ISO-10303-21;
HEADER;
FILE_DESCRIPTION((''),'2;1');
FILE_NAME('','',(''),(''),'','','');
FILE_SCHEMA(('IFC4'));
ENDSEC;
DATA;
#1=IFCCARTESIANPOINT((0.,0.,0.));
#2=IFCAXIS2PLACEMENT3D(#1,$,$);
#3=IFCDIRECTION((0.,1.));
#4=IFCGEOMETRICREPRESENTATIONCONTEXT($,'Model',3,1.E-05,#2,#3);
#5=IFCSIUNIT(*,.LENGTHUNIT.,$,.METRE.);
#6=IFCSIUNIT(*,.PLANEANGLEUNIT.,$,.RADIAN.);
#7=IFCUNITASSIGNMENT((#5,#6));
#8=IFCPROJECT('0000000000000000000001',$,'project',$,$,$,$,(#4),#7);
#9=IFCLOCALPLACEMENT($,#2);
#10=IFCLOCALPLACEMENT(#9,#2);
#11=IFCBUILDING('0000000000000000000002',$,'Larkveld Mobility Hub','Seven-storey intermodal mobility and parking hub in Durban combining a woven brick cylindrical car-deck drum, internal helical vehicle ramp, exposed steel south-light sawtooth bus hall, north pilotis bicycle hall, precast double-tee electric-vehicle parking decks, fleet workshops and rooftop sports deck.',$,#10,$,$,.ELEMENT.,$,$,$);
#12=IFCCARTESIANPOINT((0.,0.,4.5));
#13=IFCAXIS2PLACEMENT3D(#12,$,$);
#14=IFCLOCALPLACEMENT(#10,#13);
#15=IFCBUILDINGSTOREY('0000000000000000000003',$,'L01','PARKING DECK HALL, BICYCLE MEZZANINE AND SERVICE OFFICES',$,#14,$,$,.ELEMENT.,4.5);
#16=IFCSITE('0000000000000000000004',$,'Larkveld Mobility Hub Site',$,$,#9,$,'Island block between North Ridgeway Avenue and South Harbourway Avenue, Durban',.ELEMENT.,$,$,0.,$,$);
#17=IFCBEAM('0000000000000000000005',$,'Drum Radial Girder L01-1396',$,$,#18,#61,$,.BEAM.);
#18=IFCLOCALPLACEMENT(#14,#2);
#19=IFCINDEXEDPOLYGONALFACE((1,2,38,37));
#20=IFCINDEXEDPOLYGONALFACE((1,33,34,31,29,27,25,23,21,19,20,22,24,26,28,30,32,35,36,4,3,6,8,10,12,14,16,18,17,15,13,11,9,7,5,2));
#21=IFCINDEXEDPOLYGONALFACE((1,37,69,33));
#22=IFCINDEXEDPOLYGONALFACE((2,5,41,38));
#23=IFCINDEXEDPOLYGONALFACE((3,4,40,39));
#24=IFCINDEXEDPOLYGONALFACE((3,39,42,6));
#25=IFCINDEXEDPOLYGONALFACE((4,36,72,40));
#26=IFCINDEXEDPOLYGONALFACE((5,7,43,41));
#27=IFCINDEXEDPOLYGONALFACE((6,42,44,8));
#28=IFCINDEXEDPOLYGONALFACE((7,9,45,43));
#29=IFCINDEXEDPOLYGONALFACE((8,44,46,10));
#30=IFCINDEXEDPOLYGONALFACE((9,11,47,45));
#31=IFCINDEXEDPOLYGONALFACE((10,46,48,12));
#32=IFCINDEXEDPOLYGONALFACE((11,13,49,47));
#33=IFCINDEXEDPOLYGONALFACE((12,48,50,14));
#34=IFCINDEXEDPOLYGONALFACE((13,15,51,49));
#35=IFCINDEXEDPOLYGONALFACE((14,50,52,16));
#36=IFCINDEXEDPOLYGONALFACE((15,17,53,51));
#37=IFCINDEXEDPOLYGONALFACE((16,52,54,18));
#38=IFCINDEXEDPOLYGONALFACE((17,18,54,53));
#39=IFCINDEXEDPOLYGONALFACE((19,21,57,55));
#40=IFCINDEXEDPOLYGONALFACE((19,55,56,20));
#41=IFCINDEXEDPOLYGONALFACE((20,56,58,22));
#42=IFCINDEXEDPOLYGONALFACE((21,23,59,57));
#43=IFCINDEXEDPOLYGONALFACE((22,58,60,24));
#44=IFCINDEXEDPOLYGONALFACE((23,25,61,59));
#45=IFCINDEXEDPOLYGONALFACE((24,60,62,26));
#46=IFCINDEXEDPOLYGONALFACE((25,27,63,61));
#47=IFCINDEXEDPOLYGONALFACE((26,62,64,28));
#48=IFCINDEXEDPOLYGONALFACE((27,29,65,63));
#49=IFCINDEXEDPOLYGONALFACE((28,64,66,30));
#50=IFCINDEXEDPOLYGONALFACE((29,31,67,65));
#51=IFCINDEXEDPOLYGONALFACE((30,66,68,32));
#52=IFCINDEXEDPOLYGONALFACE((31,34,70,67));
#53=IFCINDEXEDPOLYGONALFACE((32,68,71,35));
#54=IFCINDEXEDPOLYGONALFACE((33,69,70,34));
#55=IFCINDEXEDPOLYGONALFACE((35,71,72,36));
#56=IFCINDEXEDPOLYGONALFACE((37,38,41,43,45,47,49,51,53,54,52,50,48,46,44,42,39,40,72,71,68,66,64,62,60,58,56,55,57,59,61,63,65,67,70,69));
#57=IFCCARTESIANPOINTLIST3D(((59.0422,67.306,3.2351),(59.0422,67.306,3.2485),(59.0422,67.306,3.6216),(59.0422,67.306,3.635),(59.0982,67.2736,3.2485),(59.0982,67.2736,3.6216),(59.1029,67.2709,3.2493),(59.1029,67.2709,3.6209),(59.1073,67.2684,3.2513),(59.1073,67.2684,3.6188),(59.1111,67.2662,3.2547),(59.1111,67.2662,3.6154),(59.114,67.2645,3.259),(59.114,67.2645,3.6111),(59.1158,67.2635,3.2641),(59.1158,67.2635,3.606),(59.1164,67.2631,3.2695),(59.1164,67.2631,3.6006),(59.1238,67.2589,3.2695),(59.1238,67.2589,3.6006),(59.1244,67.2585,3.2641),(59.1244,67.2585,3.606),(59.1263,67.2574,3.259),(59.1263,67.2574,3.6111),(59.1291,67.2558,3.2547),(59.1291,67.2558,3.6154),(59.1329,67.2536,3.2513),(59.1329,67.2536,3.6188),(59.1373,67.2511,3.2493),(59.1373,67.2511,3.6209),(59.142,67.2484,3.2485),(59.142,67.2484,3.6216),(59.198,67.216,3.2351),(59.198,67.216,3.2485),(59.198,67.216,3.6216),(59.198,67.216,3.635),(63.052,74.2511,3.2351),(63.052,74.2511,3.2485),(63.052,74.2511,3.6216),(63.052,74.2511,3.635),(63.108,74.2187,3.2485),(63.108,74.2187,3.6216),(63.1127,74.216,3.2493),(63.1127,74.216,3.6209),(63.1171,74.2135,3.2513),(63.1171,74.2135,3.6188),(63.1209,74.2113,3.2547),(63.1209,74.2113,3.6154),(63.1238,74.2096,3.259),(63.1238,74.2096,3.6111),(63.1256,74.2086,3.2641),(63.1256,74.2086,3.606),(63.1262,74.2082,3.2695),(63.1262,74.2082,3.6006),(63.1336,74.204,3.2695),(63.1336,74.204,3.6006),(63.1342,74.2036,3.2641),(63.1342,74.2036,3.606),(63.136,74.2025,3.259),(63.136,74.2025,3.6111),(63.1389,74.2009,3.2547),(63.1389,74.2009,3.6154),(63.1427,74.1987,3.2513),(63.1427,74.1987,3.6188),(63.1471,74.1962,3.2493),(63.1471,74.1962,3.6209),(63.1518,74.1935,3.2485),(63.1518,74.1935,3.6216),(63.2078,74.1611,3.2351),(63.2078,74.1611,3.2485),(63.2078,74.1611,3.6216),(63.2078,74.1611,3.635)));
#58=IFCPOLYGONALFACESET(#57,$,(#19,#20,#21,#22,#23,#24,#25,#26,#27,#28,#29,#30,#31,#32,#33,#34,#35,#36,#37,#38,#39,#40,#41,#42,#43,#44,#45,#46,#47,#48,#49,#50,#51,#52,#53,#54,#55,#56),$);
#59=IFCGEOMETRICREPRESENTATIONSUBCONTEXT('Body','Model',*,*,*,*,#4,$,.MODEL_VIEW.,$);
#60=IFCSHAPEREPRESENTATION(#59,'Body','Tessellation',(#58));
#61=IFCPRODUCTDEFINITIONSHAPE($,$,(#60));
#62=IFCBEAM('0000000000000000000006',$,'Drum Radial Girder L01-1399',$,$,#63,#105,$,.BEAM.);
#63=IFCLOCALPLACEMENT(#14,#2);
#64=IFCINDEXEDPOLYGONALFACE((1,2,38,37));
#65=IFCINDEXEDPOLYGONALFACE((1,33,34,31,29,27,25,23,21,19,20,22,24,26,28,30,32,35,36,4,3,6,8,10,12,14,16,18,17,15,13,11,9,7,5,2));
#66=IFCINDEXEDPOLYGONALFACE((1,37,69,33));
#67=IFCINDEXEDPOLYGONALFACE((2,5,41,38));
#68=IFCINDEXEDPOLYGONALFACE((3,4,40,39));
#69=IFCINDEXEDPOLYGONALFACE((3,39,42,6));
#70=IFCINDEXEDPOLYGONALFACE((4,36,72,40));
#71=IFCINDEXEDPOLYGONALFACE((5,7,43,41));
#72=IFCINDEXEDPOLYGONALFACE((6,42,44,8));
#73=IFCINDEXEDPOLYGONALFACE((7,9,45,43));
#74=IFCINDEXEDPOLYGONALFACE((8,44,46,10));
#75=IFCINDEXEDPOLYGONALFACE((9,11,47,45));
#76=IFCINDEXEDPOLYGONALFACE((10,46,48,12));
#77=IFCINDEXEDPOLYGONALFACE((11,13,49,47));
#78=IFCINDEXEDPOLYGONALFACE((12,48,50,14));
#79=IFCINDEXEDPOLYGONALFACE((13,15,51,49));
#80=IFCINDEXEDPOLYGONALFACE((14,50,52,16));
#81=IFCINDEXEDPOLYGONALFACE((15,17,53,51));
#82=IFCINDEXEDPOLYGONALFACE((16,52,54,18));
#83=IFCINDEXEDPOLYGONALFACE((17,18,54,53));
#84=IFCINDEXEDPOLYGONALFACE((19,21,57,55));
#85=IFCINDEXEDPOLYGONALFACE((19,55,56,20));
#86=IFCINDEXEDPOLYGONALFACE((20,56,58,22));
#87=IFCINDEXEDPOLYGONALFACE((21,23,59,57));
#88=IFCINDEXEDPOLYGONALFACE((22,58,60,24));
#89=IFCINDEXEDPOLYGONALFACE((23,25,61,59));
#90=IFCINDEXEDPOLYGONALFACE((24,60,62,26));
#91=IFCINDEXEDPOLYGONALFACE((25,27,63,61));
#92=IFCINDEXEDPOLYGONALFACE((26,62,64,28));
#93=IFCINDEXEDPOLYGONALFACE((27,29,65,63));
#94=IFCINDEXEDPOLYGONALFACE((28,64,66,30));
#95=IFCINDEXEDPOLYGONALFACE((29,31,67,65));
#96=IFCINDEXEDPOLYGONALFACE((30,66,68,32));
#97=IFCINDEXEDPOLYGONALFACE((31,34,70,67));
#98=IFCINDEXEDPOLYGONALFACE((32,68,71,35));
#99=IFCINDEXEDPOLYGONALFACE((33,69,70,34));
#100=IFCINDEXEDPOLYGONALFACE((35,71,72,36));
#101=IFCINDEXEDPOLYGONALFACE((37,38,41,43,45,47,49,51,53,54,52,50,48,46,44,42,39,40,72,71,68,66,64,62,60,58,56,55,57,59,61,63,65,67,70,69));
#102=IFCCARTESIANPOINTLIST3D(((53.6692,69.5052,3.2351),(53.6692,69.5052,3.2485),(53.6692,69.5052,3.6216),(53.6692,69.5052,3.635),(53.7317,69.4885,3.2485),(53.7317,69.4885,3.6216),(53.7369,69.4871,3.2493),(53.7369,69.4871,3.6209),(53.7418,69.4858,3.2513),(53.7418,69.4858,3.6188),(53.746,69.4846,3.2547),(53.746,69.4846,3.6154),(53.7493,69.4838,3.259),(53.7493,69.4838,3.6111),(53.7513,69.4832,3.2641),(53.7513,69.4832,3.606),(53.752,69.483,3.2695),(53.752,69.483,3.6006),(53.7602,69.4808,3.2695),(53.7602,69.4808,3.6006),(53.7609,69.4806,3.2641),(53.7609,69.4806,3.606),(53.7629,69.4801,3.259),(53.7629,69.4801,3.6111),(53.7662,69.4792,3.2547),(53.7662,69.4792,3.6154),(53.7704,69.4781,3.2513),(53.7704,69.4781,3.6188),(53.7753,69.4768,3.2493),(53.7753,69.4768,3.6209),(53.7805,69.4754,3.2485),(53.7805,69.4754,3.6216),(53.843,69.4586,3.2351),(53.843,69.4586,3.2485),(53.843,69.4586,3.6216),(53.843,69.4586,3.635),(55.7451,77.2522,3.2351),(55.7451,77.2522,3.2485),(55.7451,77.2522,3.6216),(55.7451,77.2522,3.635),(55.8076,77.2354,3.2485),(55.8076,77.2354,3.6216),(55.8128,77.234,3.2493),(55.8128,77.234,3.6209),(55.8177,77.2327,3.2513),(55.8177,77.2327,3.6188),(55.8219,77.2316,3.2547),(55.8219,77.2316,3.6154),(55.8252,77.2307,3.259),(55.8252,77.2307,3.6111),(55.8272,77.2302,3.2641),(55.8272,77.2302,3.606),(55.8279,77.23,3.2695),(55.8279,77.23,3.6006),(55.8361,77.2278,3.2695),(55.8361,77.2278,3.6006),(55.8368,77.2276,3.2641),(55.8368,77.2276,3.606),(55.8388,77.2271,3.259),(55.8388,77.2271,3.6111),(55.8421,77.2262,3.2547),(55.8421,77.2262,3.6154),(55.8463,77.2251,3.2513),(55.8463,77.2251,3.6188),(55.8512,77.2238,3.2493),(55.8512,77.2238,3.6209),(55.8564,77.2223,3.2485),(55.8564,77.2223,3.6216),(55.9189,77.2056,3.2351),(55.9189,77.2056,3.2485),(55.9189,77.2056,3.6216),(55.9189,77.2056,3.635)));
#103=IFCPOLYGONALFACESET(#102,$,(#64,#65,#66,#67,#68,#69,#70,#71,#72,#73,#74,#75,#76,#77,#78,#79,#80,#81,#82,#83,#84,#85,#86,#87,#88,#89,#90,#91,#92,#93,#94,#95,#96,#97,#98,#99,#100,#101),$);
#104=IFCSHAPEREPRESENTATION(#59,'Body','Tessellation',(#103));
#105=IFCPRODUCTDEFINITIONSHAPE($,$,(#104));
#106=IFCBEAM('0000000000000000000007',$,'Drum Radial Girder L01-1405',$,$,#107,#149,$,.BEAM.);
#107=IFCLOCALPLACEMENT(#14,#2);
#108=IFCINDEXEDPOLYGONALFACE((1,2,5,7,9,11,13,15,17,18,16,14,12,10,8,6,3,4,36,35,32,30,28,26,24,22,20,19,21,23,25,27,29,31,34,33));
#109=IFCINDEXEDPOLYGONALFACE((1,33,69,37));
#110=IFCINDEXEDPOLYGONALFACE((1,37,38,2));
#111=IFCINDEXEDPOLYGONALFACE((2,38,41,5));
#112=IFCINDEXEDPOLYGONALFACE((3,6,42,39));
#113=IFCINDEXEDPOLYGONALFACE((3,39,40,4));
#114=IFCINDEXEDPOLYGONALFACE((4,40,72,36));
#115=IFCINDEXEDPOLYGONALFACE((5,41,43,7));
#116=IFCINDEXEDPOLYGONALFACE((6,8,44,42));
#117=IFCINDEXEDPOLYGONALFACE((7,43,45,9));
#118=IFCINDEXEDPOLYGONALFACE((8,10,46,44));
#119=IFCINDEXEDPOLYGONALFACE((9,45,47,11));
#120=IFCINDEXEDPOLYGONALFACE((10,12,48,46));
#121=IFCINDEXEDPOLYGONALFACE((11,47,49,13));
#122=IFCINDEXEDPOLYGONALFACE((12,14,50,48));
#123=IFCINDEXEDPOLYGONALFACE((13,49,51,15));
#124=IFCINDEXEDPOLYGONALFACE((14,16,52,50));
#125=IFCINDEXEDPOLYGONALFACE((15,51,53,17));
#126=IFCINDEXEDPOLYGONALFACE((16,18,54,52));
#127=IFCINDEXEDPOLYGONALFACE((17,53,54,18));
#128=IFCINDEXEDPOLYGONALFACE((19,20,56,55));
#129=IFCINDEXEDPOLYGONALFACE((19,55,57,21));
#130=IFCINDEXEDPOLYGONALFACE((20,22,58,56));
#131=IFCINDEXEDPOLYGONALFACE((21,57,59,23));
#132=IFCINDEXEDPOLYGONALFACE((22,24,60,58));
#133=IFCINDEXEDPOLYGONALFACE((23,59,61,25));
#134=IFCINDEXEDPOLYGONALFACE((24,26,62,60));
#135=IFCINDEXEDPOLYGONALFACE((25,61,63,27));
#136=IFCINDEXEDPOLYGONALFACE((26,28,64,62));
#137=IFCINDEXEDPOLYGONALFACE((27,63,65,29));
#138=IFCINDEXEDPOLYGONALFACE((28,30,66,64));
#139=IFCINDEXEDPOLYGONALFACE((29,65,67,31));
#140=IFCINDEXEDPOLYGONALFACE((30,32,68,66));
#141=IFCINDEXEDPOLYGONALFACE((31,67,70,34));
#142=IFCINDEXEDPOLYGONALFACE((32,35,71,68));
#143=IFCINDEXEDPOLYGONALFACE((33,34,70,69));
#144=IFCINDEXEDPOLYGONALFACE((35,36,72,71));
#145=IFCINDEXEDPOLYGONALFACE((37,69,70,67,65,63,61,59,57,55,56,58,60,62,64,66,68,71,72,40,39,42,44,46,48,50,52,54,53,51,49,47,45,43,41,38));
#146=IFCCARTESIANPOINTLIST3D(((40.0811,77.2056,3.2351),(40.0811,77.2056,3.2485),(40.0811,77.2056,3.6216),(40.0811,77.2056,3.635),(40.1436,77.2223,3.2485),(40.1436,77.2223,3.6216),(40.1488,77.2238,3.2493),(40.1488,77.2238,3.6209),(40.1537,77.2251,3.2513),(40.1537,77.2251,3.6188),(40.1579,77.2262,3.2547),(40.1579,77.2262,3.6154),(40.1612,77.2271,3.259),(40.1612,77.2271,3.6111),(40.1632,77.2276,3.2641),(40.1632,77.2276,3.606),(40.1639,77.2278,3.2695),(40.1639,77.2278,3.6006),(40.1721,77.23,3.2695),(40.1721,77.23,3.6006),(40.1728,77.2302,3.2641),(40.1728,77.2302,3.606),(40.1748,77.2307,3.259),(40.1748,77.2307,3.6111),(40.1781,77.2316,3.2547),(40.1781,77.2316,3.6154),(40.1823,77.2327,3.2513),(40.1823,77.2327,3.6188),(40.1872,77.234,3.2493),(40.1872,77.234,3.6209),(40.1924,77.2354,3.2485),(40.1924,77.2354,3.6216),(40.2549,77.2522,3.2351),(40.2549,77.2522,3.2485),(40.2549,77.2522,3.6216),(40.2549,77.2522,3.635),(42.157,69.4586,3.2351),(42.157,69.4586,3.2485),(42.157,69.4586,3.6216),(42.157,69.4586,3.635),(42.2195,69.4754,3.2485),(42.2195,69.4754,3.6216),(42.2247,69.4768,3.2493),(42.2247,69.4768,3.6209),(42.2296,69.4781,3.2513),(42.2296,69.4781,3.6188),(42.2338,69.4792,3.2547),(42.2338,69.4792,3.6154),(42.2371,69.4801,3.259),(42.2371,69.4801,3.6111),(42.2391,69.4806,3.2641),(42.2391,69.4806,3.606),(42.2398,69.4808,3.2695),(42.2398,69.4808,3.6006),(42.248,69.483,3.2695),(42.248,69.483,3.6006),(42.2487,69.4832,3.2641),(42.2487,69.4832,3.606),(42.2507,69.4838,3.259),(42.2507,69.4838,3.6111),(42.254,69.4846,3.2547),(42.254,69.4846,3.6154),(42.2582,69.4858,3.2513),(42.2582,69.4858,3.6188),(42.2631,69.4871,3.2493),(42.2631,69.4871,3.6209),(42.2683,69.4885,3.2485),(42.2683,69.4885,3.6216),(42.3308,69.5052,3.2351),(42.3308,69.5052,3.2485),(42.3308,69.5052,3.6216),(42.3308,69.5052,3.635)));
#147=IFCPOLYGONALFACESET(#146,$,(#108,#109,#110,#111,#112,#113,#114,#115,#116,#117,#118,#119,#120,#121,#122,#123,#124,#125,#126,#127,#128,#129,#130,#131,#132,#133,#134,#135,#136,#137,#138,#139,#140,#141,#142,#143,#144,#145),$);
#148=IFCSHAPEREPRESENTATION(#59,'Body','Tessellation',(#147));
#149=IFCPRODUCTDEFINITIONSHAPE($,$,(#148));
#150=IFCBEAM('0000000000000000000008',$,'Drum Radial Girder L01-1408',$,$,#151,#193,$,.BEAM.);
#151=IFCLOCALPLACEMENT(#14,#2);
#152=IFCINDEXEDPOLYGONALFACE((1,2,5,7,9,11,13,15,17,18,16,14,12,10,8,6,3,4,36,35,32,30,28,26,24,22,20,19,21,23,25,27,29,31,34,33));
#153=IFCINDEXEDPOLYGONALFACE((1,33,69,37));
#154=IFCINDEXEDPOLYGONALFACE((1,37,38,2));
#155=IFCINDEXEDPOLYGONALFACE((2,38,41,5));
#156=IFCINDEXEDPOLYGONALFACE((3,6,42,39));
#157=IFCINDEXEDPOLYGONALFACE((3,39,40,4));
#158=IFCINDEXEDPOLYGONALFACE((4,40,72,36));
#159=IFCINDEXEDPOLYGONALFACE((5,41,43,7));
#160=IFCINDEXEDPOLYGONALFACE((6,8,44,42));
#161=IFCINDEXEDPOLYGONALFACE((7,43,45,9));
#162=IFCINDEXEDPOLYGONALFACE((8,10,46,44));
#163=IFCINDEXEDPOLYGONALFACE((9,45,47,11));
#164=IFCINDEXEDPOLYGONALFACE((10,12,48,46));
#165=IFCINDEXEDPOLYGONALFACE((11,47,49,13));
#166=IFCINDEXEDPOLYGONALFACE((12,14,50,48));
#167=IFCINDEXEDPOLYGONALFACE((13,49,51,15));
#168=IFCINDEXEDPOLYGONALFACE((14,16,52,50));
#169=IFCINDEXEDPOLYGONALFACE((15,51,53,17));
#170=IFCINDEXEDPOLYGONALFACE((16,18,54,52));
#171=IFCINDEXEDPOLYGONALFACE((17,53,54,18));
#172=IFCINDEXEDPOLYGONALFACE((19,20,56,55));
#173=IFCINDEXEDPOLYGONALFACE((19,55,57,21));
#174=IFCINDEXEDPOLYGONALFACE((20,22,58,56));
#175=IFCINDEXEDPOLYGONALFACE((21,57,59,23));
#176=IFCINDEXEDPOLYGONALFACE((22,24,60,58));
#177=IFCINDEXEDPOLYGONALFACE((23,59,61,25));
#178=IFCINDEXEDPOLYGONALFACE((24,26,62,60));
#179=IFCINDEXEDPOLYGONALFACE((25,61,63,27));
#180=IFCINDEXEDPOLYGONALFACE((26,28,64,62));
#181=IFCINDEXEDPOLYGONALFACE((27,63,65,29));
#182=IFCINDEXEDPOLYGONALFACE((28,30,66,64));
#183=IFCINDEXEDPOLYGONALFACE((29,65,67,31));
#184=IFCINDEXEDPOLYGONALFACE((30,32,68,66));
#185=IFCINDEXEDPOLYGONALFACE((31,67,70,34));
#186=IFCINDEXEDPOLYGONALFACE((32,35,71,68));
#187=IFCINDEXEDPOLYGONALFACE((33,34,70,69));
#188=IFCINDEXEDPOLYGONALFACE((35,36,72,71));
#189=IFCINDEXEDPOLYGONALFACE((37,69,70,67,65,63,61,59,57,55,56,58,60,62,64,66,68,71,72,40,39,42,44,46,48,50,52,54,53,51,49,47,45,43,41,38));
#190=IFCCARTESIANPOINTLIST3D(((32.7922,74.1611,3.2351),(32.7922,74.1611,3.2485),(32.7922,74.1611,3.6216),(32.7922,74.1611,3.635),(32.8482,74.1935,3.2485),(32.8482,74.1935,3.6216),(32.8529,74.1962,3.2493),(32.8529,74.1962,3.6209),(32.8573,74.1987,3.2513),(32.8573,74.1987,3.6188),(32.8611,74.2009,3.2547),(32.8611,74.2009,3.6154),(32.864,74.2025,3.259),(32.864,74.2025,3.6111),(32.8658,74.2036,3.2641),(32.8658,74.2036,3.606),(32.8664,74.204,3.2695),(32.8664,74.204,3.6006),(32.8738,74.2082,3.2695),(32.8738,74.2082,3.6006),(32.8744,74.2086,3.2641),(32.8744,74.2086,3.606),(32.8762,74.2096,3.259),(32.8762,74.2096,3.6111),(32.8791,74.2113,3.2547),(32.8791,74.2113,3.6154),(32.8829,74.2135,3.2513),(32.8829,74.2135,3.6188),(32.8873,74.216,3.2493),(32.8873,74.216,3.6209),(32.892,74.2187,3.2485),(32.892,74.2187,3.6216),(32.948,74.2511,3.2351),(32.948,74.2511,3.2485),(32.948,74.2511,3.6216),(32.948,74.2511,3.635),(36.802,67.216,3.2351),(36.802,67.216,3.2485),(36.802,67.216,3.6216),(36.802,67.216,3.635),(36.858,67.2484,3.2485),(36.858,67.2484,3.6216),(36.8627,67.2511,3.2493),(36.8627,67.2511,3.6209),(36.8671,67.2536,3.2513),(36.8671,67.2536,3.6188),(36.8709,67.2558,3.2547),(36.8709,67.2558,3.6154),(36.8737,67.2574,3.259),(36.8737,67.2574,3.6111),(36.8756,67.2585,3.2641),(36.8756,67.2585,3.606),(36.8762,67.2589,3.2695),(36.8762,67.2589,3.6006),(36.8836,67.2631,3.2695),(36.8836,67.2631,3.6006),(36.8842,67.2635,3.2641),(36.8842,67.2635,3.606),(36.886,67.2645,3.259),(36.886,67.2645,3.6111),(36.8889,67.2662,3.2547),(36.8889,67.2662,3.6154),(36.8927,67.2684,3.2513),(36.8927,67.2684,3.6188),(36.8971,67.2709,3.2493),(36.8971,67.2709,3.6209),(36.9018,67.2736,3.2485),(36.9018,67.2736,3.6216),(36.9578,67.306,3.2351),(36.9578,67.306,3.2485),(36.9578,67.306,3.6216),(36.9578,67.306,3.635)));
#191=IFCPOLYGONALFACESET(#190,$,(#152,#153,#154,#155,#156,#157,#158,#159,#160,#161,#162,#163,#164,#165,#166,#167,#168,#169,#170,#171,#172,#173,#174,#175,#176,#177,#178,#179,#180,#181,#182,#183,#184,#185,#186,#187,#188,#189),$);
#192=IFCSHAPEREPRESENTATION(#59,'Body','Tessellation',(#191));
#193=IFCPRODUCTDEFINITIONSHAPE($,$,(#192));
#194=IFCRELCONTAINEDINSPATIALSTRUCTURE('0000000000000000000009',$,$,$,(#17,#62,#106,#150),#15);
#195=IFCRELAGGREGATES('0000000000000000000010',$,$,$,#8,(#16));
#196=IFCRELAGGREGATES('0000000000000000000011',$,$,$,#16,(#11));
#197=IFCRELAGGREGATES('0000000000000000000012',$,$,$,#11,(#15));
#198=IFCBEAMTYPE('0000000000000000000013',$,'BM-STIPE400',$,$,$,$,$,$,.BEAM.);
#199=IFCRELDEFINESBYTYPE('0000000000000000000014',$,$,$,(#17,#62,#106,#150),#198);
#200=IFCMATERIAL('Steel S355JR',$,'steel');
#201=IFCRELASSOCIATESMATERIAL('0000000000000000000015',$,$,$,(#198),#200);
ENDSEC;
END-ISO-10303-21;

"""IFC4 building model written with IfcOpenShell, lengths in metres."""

from ifc_helpers import new_model, si_unit, direction, frame, origin, origin_2d, place, context, subcontext, project, spatial, i_section, extrude, material, material_profile, profile_set, type_object, element, save


model = new_model("IFC4")

# Units and contexts
model_context = context("Model", 3, precision=1e-05, world=origin(), true_north=direction((0.0, 1.0)))
body_context = subcontext(model_context, "Body", "Model", "MODEL_VIEW")
ifc_project = project(units=[si_unit("LENGTHUNIT", "METRE"), si_unit("PLANEANGLEUNIT", "RADIAN")], contexts=[model_context])

# Site, building, storey
site_placement = place(None, origin())
site = spatial("IfcSite", under=ifc_project, at=site_placement, Name="Larkveld Mobility Hub Site", LongName="Island block between North Ridgeway Avenue and South Harbourway Avenue, Durban", CompositionType="ELEMENT", RefElevation=0.0)
building_placement = place(site_placement, origin())
building = spatial("IfcBuilding", under=site, at=building_placement, Name="Larkveld Mobility Hub", Description="Seven-storey intermodal mobility and parking hub in Durban combining a woven brick cylindrical car-deck drum, internal helical vehicle ramp, exposed steel south-light sawtooth bus hall, north pilotis bicycle hall, precast double-tee electric-vehicle parking decks, fleet workshops and rooftop sports deck.", CompositionType="ELEMENT")
storey_placement = place(building_placement, frame((0.0, 0.0, 4.5)))
storey = spatial("IfcBuildingStorey", under=building, at=storey_placement, Name="L01", Description="PARKING DECK HALL, BICYCLE MEZZANINE AND SERVICE OFFICES", CompositionType="ELEMENT", Elevation=4.5)

# Beams
ifc_material_1 = material(Name="Steel S355JR", Category="steel")
ifc_material_profile_1 = material_profile(ifc_material_1, i_section(OverallWidth=0.1799, OverallDepth=0.3999, WebThickness=0.0085, FlangeThickness=0.0134, FilletRadius=0.021, at=origin_2d()), Name="IPE 400")
ifc_profile_set_1 = profile_set([ifc_material_profile_1], Name="Steel S355JR")
beam_type_1 = type_object("IfcBeamType", Name="BM-STIPE400", PredefinedType="BEAM", material=ifc_profile_set_1)
beam_1_placement = place(storey_placement, frame((59.1201, 67.261, 3.4351), z_axis=(0.500003, 0.866024, 0.0), x_axis=(-0.866024, 0.500003, 0.0)))
element("IfcBeam", 1, at=beam_1_placement, inside=storey, type_object=beam_type_1, Name="Drum Radial Girder L01-1396", PredefinedType="BEAM", context=body_context, shape_type="SweptSolid", body=[
    extrude(i_section(OverallWidth=0.1799, OverallDepth=0.3999, WebThickness=0.0085, FlangeThickness=0.0134, FilletRadius=0.021, at=origin_2d()), origin(), (0.0, 0.0, 1.0), 8.0195),
])
for number, where, z_axis, x_axis, name in (
    (2, (53.7561, 69.4819, 3.4351), (0.258831, 0.965923, 0.0), (-0.965923, 0.258831, 0.0), "Drum Radial Girder L01-1399"),
    (3, (42.2439, 69.4819, 3.4351), (-0.258831, 0.965923, 0.0), (-0.965923, -0.258831, 0.0), "Drum Radial Girder L01-1405"),
):
    element("IfcBeam", number, at=place(storey_placement, frame(where, z_axis=z_axis, x_axis=x_axis)), inside=storey, type_object=beam_type_1, Name=name, PredefinedType="BEAM", context=body_context, shape_type="SweptSolid", body=[
        extrude(i_section(OverallWidth=0.1799, OverallDepth=0.3999, WebThickness=0.0085, FlangeThickness=0.0134, FilletRadius=0.021, at=origin_2d()), origin(), (0.0, 0.0, 1.0), 8.0203),
    ])
beam_2_placement = place(storey_placement, frame((36.8799, 67.261, 3.4351), z_axis=(-0.500003, 0.866024, 0.0), x_axis=(-0.866024, -0.500003, 0.0)))
element("IfcBeam", 4, at=beam_2_placement, inside=storey, type_object=beam_type_1, Name="Drum Radial Girder L01-1408", PredefinedType="BEAM", context=body_context, shape_type="SweptSolid", body=[
    extrude(i_section(OverallWidth=0.1799, OverallDepth=0.3999, WebThickness=0.0085, FlangeThickness=0.0134, FilletRadius=0.021, at=origin_2d()), origin(), (0.0, 0.0, 1.0), 8.0195),
])

save(model, "model.ifc")
